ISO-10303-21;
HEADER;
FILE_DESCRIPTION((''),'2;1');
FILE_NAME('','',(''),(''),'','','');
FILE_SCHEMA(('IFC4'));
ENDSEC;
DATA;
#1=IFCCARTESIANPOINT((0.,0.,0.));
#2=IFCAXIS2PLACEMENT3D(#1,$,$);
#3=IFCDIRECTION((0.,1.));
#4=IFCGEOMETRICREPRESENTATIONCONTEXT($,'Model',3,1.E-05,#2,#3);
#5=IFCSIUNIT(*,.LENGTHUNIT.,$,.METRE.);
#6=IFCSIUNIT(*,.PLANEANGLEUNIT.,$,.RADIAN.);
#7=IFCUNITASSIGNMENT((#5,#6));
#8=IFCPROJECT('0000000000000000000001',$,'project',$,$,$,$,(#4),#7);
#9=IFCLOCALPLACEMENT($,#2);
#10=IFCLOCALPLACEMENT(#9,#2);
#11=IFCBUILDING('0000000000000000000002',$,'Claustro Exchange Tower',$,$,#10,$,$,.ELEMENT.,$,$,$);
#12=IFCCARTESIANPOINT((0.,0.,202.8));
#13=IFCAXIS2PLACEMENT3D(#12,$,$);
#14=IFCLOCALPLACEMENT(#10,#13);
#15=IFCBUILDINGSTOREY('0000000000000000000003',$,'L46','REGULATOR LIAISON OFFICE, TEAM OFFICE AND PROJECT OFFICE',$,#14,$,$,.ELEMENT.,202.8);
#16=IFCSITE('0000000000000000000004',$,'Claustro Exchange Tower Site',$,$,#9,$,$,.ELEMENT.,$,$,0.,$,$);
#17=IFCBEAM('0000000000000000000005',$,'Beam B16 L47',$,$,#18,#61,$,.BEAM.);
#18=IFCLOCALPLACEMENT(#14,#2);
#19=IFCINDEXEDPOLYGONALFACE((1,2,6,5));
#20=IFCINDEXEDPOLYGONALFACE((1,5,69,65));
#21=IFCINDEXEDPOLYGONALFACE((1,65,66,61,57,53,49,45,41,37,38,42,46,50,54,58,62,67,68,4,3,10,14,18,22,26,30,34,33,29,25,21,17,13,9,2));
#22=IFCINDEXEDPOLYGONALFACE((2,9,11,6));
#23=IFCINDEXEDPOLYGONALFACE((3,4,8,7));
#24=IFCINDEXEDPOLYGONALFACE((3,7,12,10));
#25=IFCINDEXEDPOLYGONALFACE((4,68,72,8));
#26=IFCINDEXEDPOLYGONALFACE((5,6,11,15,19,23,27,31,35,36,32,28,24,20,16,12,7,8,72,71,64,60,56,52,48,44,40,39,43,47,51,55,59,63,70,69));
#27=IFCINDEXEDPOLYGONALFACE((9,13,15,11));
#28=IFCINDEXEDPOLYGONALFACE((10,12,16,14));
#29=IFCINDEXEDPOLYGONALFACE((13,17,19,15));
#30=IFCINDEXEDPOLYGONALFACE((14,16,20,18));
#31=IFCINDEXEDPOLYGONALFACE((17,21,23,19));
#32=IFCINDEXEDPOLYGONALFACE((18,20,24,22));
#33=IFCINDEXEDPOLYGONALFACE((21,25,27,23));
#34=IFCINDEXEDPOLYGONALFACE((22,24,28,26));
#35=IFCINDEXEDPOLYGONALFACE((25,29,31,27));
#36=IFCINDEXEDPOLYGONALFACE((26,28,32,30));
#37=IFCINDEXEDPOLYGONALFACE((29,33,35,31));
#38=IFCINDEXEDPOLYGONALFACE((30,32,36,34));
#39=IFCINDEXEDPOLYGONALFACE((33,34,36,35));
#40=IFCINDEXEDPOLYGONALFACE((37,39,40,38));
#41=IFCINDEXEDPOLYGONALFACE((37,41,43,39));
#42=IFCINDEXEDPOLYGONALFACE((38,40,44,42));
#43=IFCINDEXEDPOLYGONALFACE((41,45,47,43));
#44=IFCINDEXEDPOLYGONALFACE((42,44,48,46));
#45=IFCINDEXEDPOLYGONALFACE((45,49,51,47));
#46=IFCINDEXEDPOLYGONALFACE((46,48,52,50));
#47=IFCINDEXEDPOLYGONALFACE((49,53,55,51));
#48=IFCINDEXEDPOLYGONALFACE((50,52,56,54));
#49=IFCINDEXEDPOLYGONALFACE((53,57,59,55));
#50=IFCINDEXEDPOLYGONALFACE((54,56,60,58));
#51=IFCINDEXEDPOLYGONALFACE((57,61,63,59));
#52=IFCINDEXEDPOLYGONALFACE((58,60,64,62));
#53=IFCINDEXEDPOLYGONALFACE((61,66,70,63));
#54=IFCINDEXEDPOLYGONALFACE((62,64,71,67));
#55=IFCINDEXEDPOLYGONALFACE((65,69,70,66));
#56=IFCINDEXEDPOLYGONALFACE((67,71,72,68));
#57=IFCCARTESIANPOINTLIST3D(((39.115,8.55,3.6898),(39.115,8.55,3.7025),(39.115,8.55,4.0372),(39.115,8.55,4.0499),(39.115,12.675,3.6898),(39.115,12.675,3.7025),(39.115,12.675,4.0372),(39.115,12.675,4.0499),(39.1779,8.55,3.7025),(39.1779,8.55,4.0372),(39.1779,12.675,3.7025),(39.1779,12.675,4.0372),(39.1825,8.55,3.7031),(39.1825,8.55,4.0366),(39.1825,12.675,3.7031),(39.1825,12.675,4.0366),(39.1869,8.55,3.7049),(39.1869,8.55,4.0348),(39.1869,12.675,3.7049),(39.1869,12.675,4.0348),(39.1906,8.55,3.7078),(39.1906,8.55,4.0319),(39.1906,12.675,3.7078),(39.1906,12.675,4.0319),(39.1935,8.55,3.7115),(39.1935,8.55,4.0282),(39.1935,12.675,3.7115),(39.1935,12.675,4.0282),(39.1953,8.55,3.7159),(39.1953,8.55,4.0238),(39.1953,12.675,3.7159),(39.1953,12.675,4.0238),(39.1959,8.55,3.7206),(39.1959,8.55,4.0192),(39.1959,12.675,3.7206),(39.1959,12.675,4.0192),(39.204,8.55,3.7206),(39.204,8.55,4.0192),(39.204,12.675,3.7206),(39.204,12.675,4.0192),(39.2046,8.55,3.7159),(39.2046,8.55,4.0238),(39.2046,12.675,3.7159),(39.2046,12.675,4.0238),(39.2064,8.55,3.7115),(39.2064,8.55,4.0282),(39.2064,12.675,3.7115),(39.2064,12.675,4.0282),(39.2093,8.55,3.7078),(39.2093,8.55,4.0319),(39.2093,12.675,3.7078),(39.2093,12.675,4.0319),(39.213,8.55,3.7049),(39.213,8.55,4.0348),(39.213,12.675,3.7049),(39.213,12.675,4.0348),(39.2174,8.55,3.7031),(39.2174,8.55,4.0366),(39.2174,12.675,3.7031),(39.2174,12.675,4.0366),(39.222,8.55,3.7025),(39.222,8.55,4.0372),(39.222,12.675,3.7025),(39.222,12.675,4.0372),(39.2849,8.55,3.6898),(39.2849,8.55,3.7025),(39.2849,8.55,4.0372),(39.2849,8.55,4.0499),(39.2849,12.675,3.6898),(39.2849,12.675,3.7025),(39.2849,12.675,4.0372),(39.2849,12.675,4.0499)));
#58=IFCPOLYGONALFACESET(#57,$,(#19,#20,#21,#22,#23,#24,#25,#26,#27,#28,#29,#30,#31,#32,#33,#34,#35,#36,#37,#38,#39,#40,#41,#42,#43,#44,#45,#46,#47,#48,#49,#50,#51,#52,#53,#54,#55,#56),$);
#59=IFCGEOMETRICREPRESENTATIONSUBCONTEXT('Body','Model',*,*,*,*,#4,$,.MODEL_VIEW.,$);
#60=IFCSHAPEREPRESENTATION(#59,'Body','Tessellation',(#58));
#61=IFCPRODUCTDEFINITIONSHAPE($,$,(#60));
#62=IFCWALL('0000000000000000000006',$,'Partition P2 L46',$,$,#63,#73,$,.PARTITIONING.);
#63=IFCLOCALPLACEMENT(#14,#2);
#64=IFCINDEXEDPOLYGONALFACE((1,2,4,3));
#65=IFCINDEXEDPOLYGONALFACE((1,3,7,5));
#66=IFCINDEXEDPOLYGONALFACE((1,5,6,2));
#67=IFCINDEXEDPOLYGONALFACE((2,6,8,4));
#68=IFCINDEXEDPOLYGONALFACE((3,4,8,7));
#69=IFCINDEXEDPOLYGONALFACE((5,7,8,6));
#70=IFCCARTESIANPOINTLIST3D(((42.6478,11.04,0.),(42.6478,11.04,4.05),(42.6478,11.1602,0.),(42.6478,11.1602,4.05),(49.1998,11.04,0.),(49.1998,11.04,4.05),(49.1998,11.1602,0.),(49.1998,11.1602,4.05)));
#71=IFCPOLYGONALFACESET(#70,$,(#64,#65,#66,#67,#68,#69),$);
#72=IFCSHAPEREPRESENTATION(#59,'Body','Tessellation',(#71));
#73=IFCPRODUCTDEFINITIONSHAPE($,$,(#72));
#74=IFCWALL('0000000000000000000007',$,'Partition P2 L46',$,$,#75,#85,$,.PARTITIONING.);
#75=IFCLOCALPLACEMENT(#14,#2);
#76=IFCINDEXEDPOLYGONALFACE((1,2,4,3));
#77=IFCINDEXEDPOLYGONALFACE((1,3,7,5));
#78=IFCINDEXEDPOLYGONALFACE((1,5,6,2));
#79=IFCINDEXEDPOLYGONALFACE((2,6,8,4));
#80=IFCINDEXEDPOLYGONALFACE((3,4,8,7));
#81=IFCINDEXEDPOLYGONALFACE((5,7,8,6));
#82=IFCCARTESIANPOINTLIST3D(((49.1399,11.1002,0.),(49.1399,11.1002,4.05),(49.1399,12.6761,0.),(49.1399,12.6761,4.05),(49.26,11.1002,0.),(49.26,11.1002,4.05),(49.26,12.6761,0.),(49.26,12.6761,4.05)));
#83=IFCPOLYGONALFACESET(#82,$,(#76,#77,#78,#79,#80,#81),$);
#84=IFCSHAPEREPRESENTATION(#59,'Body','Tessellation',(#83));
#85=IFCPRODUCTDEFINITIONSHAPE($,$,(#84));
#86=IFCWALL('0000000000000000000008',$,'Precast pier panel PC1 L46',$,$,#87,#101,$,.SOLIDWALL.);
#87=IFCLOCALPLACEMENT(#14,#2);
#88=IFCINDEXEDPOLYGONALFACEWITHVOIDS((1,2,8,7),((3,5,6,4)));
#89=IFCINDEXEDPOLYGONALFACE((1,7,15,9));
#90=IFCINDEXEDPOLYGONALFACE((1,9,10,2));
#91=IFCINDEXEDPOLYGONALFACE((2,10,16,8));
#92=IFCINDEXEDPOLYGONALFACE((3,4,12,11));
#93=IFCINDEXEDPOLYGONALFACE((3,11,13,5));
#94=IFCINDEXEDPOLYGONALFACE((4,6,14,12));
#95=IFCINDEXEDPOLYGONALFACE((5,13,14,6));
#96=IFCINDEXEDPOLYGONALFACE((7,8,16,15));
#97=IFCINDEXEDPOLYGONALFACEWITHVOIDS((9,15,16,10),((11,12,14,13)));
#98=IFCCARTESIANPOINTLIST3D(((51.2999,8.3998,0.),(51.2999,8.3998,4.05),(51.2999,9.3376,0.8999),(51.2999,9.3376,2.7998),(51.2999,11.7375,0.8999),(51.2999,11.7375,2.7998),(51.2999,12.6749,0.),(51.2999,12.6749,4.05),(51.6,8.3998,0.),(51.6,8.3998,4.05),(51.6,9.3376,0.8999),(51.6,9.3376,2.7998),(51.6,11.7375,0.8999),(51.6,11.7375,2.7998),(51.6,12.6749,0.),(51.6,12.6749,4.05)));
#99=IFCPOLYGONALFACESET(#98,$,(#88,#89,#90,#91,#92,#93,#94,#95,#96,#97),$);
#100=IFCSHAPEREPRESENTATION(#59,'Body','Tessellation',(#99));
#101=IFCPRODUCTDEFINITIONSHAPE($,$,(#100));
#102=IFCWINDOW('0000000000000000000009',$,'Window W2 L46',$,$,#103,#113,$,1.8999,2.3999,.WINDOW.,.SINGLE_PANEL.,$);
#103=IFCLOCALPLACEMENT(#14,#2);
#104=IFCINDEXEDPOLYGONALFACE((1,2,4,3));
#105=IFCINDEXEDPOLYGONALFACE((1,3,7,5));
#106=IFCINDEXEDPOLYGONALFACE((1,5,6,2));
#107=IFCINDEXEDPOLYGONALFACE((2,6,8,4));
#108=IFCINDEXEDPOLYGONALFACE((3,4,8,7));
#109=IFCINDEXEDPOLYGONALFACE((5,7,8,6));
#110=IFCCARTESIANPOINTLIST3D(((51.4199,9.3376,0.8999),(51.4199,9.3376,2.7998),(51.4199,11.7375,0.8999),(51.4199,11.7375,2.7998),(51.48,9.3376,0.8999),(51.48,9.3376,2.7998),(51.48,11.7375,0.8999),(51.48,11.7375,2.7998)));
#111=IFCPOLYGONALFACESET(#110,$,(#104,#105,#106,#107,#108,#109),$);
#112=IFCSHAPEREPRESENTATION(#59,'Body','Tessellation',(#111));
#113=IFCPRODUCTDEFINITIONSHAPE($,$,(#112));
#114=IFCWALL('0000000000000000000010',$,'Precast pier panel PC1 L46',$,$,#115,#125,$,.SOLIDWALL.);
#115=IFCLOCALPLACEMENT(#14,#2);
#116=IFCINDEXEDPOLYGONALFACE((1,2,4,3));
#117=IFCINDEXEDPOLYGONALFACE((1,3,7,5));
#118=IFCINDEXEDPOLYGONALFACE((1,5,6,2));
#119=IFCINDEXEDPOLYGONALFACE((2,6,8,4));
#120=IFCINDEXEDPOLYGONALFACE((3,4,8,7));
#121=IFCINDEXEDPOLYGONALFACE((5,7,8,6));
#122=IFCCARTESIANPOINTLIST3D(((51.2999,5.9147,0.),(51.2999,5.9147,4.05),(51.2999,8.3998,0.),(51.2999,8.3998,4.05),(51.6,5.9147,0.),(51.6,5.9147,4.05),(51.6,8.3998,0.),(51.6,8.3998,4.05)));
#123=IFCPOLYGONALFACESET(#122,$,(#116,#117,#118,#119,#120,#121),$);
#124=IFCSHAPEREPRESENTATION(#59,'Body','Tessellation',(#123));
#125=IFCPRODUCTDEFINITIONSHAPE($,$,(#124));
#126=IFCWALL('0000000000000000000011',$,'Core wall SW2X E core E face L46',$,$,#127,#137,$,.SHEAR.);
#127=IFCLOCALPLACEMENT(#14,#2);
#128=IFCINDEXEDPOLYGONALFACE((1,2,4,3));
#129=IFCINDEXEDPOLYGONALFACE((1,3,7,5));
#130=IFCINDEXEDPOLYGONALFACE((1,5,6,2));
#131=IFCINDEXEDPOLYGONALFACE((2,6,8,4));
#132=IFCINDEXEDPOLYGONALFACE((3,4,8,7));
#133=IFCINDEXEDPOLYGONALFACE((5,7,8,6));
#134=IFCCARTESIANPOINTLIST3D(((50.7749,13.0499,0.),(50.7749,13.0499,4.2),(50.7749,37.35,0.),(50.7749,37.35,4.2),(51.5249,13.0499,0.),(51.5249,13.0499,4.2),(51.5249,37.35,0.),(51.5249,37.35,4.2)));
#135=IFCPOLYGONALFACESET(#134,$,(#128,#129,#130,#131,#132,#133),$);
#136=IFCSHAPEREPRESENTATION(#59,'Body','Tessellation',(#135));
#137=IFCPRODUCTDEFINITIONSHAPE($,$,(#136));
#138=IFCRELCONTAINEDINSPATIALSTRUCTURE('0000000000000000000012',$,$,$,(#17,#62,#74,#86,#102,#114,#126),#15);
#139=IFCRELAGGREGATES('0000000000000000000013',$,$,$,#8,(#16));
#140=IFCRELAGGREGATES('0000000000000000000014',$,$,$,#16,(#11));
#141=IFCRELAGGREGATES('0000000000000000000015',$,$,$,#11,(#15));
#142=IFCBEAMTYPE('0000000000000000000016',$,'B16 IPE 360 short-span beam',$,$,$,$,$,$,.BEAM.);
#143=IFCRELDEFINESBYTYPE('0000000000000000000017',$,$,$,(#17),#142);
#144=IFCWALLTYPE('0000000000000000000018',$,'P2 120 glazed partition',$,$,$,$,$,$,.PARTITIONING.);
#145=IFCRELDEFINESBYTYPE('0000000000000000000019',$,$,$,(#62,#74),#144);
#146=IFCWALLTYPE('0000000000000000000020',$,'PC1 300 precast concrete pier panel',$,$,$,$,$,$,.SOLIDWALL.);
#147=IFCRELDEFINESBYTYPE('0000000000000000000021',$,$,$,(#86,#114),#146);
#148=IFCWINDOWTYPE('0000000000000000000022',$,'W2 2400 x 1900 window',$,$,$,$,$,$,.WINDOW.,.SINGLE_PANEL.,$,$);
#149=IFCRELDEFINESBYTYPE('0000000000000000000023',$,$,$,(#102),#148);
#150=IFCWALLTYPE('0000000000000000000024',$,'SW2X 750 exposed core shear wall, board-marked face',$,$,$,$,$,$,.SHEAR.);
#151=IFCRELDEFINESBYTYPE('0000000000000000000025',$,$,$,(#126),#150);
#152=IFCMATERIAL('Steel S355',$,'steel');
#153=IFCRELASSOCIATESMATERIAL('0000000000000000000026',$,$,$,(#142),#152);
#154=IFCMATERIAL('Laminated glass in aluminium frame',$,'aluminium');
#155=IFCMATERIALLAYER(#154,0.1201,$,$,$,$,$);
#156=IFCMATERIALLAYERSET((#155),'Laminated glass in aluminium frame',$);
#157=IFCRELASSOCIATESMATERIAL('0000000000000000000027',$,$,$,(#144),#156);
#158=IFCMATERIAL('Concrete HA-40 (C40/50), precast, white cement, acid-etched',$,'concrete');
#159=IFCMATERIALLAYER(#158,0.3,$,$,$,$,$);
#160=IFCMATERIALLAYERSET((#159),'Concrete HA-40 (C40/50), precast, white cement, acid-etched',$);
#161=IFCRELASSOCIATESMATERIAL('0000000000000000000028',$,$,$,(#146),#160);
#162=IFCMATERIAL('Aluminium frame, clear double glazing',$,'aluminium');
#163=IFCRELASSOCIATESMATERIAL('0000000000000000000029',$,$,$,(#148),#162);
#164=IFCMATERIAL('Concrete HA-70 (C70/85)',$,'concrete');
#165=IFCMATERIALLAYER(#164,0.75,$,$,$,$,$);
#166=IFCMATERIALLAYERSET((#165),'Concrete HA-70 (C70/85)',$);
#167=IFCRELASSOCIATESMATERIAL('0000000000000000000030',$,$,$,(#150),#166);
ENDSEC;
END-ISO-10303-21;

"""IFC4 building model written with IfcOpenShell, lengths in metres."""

from ifc_helpers import new_model, si_unit, direction, frame, frame_2d, origin, origin_2d, place, context, subcontext, project, spatial, rectangle, i_section, extrude, material, layer, layer_set, material_profile, profile_set, type_object, element, fill, save


model = new_model("IFC4")

# Units and contexts
model_context = context("Model", 3, precision=1e-05, world=origin(), true_north=direction((0.0, 1.0)))
body_context = subcontext(model_context, "Body", "Model", "MODEL_VIEW")
ifc_project = project(units=[si_unit("LENGTHUNIT", "METRE"), si_unit("PLANEANGLEUNIT", "RADIAN")], contexts=[model_context])

# Site, building, storey
site_placement = place(None, origin())
site = spatial("IfcSite", under=ifc_project, at=site_placement, Name="Claustro Exchange Tower Site", CompositionType="ELEMENT", RefElevation=0.0)
building_placement = place(site_placement, origin())
building = spatial("IfcBuilding", under=site, at=building_placement, Name="Claustro Exchange Tower", CompositionType="ELEMENT")
storey_placement = place(building_placement, frame((0.0, 0.0, 202.8)))
storey = spatial("IfcBuildingStorey", under=building, at=storey_placement, Name="L46", Description="REGULATOR LIAISON OFFICE, TEAM OFFICE AND PROJECT OFFICE", CompositionType="ELEMENT", Elevation=202.8)

# Beam
ifc_material_1 = material(Name="Steel S355", Category="steel")
ifc_material_profile = material_profile(ifc_material_1, i_section(OverallWidth=0.1699, OverallDepth=0.3601, WebThickness=0.0081, FlangeThickness=0.0127, FilletRadius=0.0181, at=origin_2d()), Name="IPE 360")
ifc_profile_set = profile_set([ifc_material_profile], Name="Steel S355")
beam_type = type_object("IfcBeamType", Name="B16 IPE 360 short-span beam", PredefinedType="BEAM", material=ifc_profile_set)
beam_placement = place(storey_placement, frame((39.2, 8.55, 3.8699), z_axis=(0.0, 1.0, 0.0), x_axis=(-1.0, 0.0, 0.0)))
element("IfcBeam", 1, at=beam_placement, inside=storey, type_object=beam_type, Name="Beam B16 L47", PredefinedType="BEAM", context=body_context, shape_type="SweptSolid", body=[
    extrude(i_section(OverallWidth=0.1699, OverallDepth=0.3601, WebThickness=0.0081, FlangeThickness=0.0127, FilletRadius=0.0181, at=origin_2d()), origin(), (0.0, 0.0, 1.0), 4.125),
])

# Shared definitions
ifc_material_2 = material(Name="Laminated glass in aluminium frame", Category="aluminium")
ifc_layer_1 = layer(ifc_material_2, 0.1201)
ifc_layer_set_1 = layer_set([ifc_layer_1], Name="Laminated glass in aluminium frame")
wall_type_1 = type_object("IfcWallType", Name="P2 120 glazed partition", PredefinedType="PARTITIONING", material=ifc_layer_set_1)

# Walls
wall_1_placement = place(storey_placement, frame((42.6479, 11.1001, 0.0), z_axis=(0.0, 0.0, 1.0), x_axis=(1.0, 0.0, 0.0)))
element("IfcWall", 2, at=wall_1_placement, inside=storey, type_object=wall_type_1, Name="Partition P2 L46", PredefinedType="PARTITIONING", context=body_context, shape_type="SweptSolid", body=[
    extrude(rectangle(XDim=6.552, YDim=0.1201, at=frame_2d((3.2759, 0.0))), origin(), (0.0, 0.0, 1.0), 4.05),
])
wall_2_placement = place(storey_placement, frame((49.2, 11.1001, 0.0), z_axis=(0.0, 0.0, 1.0), x_axis=(0.0, 1.0, 0.0)))
element("IfcWall", 3, at=wall_2_placement, inside=storey, type_object=wall_type_1, Name="Partition P2 L46", PredefinedType="PARTITIONING", context=body_context, shape_type="SweptSolid", body=[
    extrude(rectangle(XDim=1.5759, YDim=0.1201, at=frame_2d((0.7881, 0.0))), origin(), (0.0, 0.0, 1.0), 4.05),
])

# Wall, opening, window
ifc_material_3 = material(Name="Concrete HA-40 (C40/50), precast, white cement, acid-etched", Category="concrete")
ifc_layer_2 = layer(ifc_material_3, 0.3)
ifc_layer_set_2 = layer_set([ifc_layer_2], Name="Concrete HA-40 (C40/50), precast, white cement, acid-etched")
wall_type_2 = type_object("IfcWallType", Name="PC1 300 precast concrete pier panel", PredefinedType="SOLIDWALL", material=ifc_layer_set_2)
wall_3_placement = place(storey_placement, frame((51.45, 12.675, 0.0), z_axis=(0.0, 0.0, 1.0), x_axis=(0.0, -1.0, 0.0)))
wall_3 = element("IfcWall", 4, at=wall_3_placement, inside=storey, type_object=wall_type_2, Name="Precast pier panel PC1 L46", PredefinedType="SOLIDWALL", context=body_context, shape_type="SweptSolid", body=[
    extrude(rectangle(XDim=4.2751, YDim=0.3, at=frame_2d((2.1377, 0.0))), origin(), (0.0, 0.0, 1.0), 4.05),
])
opening_1_placement = place(wall_3_placement, frame((0.9375, 0.0, 0.8999)))
opening_1 = element("IfcOpeningElement", 5, at=opening_1_placement, cuts=wall_3, PredefinedType="OPENING", context=body_context, shape_type="SweptSolid", body=[
    extrude(rectangle(XDim=2.3999, YDim=1.8999, at=frame_2d((1.2, 0.95))), frame((0.0, 0.1599, 0.0), z_axis=(0.0, -1.0, 0.0), x_axis=(1.0, 0.0, 0.0)), (0.0, 0.0, 1.0), 0.3201),
])
ifc_material_4 = material(Name="Aluminium frame, clear double glazing", Category="aluminium")
window_type = type_object("IfcWindowType", Name="W2 2400 x 1900 window", PartitioningType="SINGLE_PANEL", PredefinedType="WINDOW", material=ifc_material_4)
window_placement = place(opening_1_placement, origin())
window = element("IfcWindow", 6, at=window_placement, inside=storey, type_object=window_type, Name="Window W2 L46", OverallHeight=1.8999, OverallWidth=2.3999, PartitioningType="SINGLE_PANEL", PredefinedType="WINDOW", context=body_context, shape_type="SweptSolid", body=[
    extrude(rectangle(XDim=2.3999, YDim=1.8999, at=frame_2d((1.2, 0.95))), frame((0.0, 0.03, 0.0), z_axis=(0.0, -1.0, 0.0), x_axis=(1.0, 0.0, 0.0)), (0.0, 0.0, 1.0), 0.0601),
])
fill(opening_1, window)

# Walls
wall_4_placement = place(storey_placement, frame((51.45, 8.3999, 0.0), z_axis=(0.0, 0.0, 1.0), x_axis=(0.0, -1.0, 0.0)))
element("IfcWall", 7, at=wall_4_placement, inside=storey, type_object=wall_type_2, Name="Precast pier panel PC1 L46", PredefinedType="SOLIDWALL", context=body_context, shape_type="SweptSolid", body=[
    extrude(rectangle(XDim=2.4851, YDim=0.3, at=frame_2d((1.2427, 0.0))), origin(), (0.0, 0.0, 1.0), 4.05),
])
ifc_material_5 = material(Name="Concrete HA-70 (C70/85)", Category="concrete")
ifc_layer_3 = layer(ifc_material_5, 0.75)
ifc_layer_set_3 = layer_set([ifc_layer_3], Name="Concrete HA-70 (C70/85)")
wall_type_3 = type_object("IfcWallType", Name="SW2X 750 exposed core shear wall, board-marked face", PredefinedType="SHEAR", material=ifc_layer_set_3)
wall_5_placement = place(storey_placement, frame((51.1499, 13.05, 0.0), z_axis=(0.0, 0.0, 1.0), x_axis=(0.0, 1.0, 0.0)))
element("IfcWall", 8, at=wall_5_placement, inside=storey, type_object=wall_type_3, Name="Core wall SW2X E core E face L46", PredefinedType="SHEAR", context=body_context, shape_type="SweptSolid", body=[
    extrude(rectangle(XDim=24.3, YDim=0.75, at=frame_2d((12.1499, 0.0))), origin(), (0.0, 0.0, 1.0), 4.2),
])

save(model, "model.ifc")
